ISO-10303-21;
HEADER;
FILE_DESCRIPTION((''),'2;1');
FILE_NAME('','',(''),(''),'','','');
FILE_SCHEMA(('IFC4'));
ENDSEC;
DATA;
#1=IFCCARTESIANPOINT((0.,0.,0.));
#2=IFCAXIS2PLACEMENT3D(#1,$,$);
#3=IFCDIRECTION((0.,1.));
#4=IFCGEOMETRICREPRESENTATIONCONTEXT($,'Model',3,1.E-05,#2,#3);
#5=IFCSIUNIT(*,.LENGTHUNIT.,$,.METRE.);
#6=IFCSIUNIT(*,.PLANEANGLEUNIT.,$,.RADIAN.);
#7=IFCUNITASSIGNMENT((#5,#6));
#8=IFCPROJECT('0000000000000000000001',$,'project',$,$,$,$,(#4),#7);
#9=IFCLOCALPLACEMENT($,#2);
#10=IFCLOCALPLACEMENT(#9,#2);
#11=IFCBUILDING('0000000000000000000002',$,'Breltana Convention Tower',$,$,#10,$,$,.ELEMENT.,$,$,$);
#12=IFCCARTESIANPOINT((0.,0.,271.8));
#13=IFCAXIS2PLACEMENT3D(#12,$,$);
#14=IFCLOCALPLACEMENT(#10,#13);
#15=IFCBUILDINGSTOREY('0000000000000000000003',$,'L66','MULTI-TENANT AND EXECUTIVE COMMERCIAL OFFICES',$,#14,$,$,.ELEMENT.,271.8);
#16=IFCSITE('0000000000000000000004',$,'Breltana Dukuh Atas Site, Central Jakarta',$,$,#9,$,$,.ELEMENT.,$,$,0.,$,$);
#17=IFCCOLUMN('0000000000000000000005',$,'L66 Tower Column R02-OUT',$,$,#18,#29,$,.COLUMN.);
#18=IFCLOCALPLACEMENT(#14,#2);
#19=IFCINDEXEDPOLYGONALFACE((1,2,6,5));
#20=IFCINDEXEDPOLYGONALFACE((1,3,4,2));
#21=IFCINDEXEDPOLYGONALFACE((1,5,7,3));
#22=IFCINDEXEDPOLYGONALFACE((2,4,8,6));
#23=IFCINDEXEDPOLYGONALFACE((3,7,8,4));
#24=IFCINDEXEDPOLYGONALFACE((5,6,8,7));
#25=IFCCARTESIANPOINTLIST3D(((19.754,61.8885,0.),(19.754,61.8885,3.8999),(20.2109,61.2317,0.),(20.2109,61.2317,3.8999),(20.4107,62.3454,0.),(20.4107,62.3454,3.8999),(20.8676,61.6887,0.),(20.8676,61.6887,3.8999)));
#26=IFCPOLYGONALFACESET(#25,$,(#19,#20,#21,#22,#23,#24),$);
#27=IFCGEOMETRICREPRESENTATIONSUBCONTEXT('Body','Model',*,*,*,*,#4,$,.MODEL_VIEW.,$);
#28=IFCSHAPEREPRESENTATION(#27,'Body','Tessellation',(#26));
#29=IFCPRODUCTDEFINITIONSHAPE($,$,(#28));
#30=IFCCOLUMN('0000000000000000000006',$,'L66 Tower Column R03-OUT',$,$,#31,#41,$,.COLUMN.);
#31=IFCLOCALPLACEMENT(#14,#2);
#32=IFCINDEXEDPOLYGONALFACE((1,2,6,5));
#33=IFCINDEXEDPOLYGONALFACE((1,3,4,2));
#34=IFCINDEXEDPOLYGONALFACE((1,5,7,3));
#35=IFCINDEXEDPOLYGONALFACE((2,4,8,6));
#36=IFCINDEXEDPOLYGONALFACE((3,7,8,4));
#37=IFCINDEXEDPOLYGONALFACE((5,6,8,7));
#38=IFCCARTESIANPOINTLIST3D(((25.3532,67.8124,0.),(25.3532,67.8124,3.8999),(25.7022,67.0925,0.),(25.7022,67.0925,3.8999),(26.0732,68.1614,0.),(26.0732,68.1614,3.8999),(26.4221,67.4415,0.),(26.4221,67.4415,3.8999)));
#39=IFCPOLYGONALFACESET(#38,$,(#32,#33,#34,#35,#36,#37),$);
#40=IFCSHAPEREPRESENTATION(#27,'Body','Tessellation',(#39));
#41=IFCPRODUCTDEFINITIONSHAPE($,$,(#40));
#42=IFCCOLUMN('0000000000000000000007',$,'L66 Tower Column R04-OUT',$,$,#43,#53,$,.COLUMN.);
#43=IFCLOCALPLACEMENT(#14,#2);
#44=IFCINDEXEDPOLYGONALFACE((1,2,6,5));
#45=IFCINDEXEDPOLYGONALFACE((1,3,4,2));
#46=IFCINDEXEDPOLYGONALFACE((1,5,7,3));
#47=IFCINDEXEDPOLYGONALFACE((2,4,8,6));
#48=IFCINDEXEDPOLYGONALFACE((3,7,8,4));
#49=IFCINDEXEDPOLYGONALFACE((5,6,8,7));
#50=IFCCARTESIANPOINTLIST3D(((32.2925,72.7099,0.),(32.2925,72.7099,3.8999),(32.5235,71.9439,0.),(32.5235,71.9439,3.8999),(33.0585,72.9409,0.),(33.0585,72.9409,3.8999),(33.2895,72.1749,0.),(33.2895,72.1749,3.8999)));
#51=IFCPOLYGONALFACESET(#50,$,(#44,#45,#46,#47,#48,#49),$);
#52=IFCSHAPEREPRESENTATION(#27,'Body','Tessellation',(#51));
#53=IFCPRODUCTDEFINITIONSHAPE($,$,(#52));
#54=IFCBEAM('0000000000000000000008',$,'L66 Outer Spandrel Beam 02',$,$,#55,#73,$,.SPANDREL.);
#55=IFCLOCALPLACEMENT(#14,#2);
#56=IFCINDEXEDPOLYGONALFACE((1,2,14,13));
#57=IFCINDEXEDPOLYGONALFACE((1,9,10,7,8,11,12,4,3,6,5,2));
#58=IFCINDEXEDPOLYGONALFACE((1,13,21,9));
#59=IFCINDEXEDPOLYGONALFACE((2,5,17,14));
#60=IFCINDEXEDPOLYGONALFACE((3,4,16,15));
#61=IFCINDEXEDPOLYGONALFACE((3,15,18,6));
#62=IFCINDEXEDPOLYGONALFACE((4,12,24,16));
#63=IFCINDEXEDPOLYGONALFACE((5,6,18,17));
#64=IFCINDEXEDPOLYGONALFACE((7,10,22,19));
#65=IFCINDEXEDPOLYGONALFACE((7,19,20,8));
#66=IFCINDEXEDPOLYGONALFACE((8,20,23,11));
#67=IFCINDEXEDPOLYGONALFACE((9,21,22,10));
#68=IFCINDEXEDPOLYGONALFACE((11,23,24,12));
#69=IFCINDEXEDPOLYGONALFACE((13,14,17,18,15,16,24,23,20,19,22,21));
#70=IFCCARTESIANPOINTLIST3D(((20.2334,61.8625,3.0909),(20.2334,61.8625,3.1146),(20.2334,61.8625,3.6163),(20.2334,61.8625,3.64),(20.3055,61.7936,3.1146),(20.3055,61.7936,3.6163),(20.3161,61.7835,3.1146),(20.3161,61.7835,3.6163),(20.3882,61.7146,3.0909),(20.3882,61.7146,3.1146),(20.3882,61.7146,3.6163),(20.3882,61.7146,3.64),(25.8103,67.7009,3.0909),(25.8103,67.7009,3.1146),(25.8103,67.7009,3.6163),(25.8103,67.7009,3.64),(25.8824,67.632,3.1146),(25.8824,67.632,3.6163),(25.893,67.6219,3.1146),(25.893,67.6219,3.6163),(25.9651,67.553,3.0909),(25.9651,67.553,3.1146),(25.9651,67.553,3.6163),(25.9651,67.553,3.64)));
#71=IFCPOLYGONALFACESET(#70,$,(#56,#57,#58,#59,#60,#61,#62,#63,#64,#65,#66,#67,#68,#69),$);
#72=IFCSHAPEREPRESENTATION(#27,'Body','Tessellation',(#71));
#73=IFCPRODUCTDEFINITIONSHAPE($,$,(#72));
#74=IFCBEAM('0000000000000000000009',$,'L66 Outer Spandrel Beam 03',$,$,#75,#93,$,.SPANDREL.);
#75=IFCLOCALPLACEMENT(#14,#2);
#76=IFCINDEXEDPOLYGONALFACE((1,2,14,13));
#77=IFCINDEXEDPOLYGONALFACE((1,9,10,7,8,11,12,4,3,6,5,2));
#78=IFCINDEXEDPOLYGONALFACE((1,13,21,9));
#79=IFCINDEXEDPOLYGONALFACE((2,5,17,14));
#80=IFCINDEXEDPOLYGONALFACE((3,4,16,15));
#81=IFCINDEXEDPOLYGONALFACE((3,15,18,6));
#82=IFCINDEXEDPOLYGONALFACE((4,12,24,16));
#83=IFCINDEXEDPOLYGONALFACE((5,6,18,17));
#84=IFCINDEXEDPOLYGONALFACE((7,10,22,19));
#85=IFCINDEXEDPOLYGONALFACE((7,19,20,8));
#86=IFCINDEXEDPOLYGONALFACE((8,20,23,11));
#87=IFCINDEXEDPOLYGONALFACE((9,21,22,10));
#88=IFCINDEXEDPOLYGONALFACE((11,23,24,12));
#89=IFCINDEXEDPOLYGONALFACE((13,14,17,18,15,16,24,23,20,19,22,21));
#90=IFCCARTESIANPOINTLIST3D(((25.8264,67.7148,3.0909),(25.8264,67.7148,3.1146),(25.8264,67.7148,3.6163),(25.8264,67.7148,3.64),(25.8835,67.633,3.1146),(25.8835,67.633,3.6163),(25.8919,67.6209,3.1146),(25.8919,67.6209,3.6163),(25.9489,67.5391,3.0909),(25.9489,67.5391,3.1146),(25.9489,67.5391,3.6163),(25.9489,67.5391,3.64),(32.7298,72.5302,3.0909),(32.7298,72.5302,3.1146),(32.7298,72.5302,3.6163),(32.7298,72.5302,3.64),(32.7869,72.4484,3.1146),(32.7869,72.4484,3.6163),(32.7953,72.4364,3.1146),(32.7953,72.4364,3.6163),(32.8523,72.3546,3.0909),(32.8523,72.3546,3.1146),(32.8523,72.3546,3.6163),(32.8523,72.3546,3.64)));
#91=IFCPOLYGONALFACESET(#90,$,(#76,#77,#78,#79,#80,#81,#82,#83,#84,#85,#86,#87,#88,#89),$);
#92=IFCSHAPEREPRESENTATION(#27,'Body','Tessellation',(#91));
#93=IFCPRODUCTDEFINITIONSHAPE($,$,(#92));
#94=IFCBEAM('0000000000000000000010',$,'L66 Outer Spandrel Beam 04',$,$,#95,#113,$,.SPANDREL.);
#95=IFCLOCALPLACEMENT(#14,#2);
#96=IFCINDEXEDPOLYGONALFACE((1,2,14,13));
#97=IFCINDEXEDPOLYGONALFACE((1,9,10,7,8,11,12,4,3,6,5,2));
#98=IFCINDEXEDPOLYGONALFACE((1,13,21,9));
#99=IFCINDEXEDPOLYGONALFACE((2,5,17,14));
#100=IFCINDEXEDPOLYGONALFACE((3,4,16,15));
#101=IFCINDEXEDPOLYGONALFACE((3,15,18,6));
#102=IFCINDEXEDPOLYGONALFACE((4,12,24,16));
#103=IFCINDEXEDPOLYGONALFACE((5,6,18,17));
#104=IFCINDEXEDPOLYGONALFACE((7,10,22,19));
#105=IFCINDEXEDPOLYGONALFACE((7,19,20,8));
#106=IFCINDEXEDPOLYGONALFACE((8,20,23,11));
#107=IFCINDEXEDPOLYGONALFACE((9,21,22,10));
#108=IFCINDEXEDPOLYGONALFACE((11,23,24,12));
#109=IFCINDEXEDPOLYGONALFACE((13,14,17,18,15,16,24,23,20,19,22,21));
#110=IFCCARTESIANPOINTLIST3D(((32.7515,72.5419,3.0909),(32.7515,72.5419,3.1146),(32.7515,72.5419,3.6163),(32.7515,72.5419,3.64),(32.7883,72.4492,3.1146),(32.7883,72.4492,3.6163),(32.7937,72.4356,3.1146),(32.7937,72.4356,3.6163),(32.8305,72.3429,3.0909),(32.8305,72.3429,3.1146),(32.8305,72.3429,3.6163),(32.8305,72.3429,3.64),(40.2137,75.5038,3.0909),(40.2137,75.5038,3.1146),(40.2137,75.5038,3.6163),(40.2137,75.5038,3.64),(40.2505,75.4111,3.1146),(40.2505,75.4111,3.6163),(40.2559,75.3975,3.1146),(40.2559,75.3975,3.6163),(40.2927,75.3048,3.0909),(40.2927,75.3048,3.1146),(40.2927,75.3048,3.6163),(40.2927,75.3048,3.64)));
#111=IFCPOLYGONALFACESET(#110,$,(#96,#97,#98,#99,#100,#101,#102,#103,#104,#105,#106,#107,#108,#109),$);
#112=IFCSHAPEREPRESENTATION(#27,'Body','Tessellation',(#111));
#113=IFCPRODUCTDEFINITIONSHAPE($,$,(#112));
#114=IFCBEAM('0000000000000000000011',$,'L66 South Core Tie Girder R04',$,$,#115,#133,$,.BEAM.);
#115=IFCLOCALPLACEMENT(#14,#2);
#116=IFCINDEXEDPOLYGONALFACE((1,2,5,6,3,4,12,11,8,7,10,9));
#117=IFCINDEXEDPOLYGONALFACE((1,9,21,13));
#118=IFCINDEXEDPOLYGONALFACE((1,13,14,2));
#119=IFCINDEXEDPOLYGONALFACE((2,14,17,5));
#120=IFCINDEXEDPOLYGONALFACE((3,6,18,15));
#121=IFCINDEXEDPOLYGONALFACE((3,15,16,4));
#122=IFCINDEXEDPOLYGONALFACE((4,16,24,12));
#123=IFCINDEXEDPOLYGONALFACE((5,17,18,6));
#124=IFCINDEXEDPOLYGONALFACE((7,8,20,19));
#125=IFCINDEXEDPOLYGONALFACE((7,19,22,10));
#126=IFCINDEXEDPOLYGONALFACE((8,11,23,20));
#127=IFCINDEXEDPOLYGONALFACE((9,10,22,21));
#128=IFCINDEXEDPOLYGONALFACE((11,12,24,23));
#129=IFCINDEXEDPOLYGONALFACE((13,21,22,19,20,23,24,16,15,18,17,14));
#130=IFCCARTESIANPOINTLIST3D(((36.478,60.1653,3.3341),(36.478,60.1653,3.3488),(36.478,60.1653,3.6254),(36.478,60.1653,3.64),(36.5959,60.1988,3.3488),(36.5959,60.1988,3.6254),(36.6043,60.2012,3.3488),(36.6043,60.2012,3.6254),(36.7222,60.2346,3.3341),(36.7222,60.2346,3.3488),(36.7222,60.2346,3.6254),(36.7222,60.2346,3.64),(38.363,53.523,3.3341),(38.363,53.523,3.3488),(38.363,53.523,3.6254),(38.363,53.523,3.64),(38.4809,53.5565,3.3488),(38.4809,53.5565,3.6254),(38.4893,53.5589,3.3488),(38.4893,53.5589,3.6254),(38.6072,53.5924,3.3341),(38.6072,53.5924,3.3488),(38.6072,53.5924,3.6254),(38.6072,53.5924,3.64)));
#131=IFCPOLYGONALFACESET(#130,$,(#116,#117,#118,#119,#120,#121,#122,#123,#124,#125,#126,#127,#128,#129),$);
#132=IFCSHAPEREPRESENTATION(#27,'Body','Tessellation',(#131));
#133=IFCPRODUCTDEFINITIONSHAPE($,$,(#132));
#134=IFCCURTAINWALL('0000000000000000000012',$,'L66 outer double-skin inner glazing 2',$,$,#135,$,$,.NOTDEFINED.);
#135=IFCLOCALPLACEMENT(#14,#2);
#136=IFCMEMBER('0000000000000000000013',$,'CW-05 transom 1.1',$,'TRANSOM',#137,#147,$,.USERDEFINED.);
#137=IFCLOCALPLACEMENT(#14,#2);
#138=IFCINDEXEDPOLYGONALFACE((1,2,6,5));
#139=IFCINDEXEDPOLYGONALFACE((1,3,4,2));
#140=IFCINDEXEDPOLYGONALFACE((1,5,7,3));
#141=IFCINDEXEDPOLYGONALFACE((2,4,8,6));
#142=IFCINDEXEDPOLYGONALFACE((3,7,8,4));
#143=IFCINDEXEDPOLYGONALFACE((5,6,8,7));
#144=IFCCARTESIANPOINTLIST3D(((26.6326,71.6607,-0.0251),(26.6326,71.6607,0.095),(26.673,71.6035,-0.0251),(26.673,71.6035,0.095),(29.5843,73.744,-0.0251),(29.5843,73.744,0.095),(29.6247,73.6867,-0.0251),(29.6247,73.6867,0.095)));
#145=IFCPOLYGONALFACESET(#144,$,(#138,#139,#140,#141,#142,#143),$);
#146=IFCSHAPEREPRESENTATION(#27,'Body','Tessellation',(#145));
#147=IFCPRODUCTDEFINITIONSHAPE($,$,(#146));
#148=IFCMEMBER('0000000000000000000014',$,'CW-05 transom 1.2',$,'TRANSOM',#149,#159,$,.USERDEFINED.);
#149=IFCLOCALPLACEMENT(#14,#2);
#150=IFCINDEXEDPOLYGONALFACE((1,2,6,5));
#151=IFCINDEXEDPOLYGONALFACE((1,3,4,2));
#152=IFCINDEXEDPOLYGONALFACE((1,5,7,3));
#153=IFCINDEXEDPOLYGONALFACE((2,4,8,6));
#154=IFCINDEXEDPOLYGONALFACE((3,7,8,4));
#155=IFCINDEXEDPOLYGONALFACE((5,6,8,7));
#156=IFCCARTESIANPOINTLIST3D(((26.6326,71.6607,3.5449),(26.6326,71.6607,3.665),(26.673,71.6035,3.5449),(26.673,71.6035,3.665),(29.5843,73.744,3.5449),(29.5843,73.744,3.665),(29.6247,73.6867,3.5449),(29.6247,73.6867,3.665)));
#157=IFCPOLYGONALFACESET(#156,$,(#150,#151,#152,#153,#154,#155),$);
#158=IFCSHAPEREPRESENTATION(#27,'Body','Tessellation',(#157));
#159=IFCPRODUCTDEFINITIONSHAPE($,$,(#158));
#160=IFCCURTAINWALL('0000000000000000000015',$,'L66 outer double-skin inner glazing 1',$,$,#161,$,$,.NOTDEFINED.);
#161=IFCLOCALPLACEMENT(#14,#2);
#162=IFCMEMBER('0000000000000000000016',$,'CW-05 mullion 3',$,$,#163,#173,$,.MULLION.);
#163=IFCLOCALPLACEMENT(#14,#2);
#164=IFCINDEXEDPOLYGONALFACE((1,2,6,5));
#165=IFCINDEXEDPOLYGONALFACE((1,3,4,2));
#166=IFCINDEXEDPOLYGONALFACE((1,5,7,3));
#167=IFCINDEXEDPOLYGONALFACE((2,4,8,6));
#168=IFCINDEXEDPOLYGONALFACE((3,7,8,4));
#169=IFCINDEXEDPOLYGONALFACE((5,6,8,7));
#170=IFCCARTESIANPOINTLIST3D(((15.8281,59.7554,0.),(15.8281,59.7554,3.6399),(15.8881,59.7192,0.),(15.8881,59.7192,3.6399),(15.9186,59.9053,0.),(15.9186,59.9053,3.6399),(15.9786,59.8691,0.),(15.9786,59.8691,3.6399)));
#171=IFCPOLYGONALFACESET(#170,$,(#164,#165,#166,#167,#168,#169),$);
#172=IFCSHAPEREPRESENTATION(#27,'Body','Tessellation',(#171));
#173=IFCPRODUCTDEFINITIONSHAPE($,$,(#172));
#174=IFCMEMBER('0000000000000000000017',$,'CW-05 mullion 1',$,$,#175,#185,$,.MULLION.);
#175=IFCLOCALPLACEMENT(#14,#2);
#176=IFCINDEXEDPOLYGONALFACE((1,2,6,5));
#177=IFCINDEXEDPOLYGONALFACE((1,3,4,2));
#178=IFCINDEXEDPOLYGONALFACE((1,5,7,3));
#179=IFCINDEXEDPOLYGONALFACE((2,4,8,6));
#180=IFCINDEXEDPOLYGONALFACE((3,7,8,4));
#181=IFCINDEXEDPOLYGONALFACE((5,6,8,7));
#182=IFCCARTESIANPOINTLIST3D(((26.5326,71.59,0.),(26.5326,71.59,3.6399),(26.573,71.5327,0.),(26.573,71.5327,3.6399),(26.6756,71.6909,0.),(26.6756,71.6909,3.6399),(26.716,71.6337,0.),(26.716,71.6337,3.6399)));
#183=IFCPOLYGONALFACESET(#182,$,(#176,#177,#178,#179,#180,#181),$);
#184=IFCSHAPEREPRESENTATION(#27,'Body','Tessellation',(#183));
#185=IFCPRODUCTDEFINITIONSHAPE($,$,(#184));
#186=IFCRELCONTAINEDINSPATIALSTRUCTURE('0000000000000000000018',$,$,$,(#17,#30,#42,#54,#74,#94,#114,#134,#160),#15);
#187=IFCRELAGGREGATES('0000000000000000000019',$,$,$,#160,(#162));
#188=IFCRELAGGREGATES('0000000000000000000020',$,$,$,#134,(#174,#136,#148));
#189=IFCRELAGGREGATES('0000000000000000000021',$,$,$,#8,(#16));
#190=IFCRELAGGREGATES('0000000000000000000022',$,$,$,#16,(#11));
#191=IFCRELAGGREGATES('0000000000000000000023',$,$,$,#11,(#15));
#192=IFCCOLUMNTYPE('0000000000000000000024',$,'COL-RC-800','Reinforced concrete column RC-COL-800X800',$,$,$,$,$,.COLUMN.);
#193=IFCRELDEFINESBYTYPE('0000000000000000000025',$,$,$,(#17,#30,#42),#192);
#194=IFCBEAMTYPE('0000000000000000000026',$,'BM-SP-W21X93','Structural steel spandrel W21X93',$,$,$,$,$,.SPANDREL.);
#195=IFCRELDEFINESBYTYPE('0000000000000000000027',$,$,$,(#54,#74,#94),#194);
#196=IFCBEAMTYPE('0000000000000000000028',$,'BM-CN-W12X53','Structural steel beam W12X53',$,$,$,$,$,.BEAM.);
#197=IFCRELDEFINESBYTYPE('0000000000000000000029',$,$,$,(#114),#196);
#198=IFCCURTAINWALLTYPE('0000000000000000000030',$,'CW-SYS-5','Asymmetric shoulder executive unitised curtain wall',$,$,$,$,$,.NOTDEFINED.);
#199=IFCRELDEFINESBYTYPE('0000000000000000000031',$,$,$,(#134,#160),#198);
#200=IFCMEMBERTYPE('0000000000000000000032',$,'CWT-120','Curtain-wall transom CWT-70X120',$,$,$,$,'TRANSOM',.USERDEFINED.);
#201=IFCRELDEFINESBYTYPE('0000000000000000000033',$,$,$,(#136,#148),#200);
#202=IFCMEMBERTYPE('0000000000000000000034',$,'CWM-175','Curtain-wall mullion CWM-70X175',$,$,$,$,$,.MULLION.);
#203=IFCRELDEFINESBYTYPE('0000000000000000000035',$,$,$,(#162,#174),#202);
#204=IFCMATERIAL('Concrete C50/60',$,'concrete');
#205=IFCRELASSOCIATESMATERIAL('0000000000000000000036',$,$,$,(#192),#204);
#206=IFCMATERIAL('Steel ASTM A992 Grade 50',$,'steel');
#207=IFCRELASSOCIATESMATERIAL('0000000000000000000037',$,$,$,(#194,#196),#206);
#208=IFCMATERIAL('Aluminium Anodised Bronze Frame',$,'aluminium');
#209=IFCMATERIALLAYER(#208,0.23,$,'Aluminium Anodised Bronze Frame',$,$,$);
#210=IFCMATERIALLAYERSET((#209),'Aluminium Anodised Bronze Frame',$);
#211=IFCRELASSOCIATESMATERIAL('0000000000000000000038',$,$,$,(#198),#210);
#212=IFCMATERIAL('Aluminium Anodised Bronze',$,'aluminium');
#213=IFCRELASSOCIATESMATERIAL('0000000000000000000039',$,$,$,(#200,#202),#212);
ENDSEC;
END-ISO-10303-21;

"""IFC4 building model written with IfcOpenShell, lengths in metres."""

from ifc_helpers import new_model, si_unit, direction, frame, origin, origin_2d, place, context, subcontext, project, spatial, rectangle, i_section, extrude, source, transform, mapped, material, layer, layer_set, material_profile, profile_set, type_object, element, aggregate, save


model = new_model("IFC4")

# Units and contexts
model_context = context("Model", 3, precision=1e-05, world=origin(), true_north=direction((0.0, 1.0)))
body_context = subcontext(model_context, "Body", "Model", "MODEL_VIEW")
ifc_project = project(units=[si_unit("LENGTHUNIT", "METRE"), si_unit("PLANEANGLEUNIT", "RADIAN")], contexts=[model_context])

# Site, building, storey
site_placement = place(None, origin())
site = spatial("IfcSite", under=ifc_project, at=site_placement, Name="Breltana Dukuh Atas Site, Central Jakarta", CompositionType="ELEMENT", RefElevation=0.0)
building_placement = place(site_placement, origin())
building = spatial("IfcBuilding", under=site, at=building_placement, Name="Breltana Convention Tower", CompositionType="ELEMENT")
storey_placement = place(building_placement, frame((0.0, 0.0, 271.8)))
storey = spatial("IfcBuildingStorey", under=building, at=storey_placement, Name="L66", Description="MULTI-TENANT AND EXECUTIVE COMMERCIAL OFFICES", CompositionType="ELEMENT", Elevation=271.8)

# Columns
ifc_material_1 = material(Name="Concrete C50/60", Category="concrete")
ifc_material_profile_1 = material_profile(ifc_material_1, rectangle(XDim=0.8, YDim=0.8, at=origin_2d()), Name="RC-COL-800X800")
ifc_profile_set_1 = profile_set([ifc_material_profile_1], Name="Concrete C50/60")
column_type = type_object("IfcColumnType", Name="COL-RC-800", Description="Reinforced concrete column RC-COL-800X800", PredefinedType="COLUMN", material=ifc_profile_set_1)
shared_shape_1 = source(origin(), body_context, "Body", "SweptSolid", [
    extrude(rectangle(XDim=0.8, YDim=0.8, at=origin_2d()), origin(), (0.0, 0.0, 1.0), 3.8999),
])
for number, where, z_axis, x_axis, name in (
    (1, (20.3108, 61.7886, 0.0), (0.0, 0.0, 1.0), (-0.571143, 0.82085, 0.0), "L66 Tower Column R02-OUT"),
    (2, (25.8877, 67.627, 0.0), (0.0, 0.0, 1.0), (-0.436174, 0.899863, 0.0), "L66 Tower Column R03-OUT"),
    (3, (32.791, 72.4424, 0.0), (0.0, 0.0, 1.0), (-0.288698, 0.95742, 0.0), "L66 Tower Column R04-OUT"),
):
    element("IfcColumn", number, at=place(storey_placement, frame(where, z_axis=z_axis, x_axis=x_axis)), inside=storey, type_object=column_type, Name=name, PredefinedType="COLUMN", context=body_context, shape_type="MappedRepresentation", body=[
        mapped(shared_shape_1, transform((0.0, 0.0, 0.0), scale=1.0)),
    ])

# Beams
ifc_material_2 = material(Name="Steel ASTM A992 Grade 50", Category="steel")
ifc_material_profile_2 = material_profile(ifc_material_2, i_section(OverallWidth=0.2141, OverallDepth=0.5491, WebThickness=0.0146, FlangeThickness=0.0237, at=origin_2d()), Name="W21X93")
ifc_profile_set_2 = profile_set([ifc_material_profile_2], Name="Steel ASTM A992 Grade 50")
beam_type_1 = type_object("IfcBeamType", Name="BM-SP-W21X93", Description="Structural steel spandrel W21X93", PredefinedType="SPANDREL", material=ifc_profile_set_2)
shared_shape_2 = source(origin(), body_context, "Body", "SweptSolid", [
    extrude(i_section(OverallWidth=0.2141, OverallDepth=0.5491, WebThickness=0.0146, FlangeThickness=0.0237, at=origin_2d()), origin(), (0.0, 0.0, 1.0), 8.074),
])
beam_1_placement = place(storey_placement, frame((20.3108, 61.7886, 3.3655), z_axis=(0.690729, 0.723114, 0.0), x_axis=(-0.723114, 0.690729, 0.0)))
element("IfcBeam", 4, at=beam_1_placement, inside=storey, type_object=beam_type_1, Name="L66 Outer Spandrel Beam 02", PredefinedType="SPANDREL", context=body_context, shape_type="MappedRepresentation", body=[
    mapped(shared_shape_2, transform((0.0, 0.0, 0.0), scale=1.0)),
])
shared_shape_3 = source(origin(), body_context, "Body", "SweptSolid", [
    extrude(i_section(OverallWidth=0.2141, OverallDepth=0.5491, WebThickness=0.0146, FlangeThickness=0.0237, at=origin_2d()), origin(), (0.0, 0.0, 1.0), 8.417),
])
beam_2_placement = place(storey_placement, frame((25.8877, 67.627, 3.3655), z_axis=(0.820174, 0.572114, 0.0), x_axis=(-0.572114, 0.820174, 0.0)))
element("IfcBeam", 5, at=beam_2_placement, inside=storey, type_object=beam_type_1, Name="L66 Outer Spandrel Beam 03", PredefinedType="SPANDREL", context=body_context, shape_type="MappedRepresentation", body=[
    mapped(shared_shape_3, transform((0.0, 0.0, 0.0), scale=1.0)),
])
shared_shape_4 = source(origin(), body_context, "Body", "SweptSolid", [
    extrude(i_section(OverallWidth=0.2141, OverallDepth=0.5491, WebThickness=0.0146, FlangeThickness=0.0237, at=origin_2d()), origin(), (0.0, 0.0, 1.0), 8.0286),
])
beam_3_placement = place(storey_placement, frame((32.791, 72.4424, 3.3655), z_axis=(0.929459, 0.368925, 0.0), x_axis=(-0.368925, 0.929459, 0.0)))
element("IfcBeam", 6, at=beam_3_placement, inside=storey, type_object=beam_type_1, Name="L66 Outer Spandrel Beam 04", PredefinedType="SPANDREL", context=body_context, shape_type="MappedRepresentation", body=[
    mapped(shared_shape_4, transform((0.0, 0.0, 0.0), scale=1.0)),
])
ifc_material_profile_3 = material_profile(ifc_material_2, i_section(OverallWidth=0.2539, OverallDepth=0.3059, WebThickness=0.0088, FlangeThickness=0.0146, at=origin_2d()), Name="W12X53")
ifc_profile_set_3 = profile_set([ifc_material_profile_3], Name="Steel ASTM A992 Grade 50")
beam_type_2 = type_object("IfcBeamType", Name="BM-CN-W12X53", Description="Structural steel beam W12X53", PredefinedType="BEAM", material=ifc_profile_set_3)
shared_shape_5 = source(origin(), body_context, "Body", "SweptSolid", [
    extrude(i_section(OverallWidth=0.2539, OverallDepth=0.3059, WebThickness=0.0088, FlangeThickness=0.0146, at=origin_2d()), origin(), (0.0, 0.0, 1.0), 6.9045),
])
beam_4_placement = place(storey_placement, frame((36.6001, 60.2, 3.4871), z_axis=(0.273007, -0.962012, 0.0), x_axis=(0.962012, 0.273007, 0.0)))
element("IfcBeam", 7, at=beam_4_placement, inside=storey, type_object=beam_type_2, Name="L66 South Core Tie Girder R04", PredefinedType="BEAM", context=body_context, shape_type="MappedRepresentation", body=[
    mapped(shared_shape_5, transform((0.0, 0.0, 0.0), scale=1.0)),
])

# Curtain wall, members
ifc_material_3 = material(Name="Aluminium Anodised Bronze Frame", Category="aluminium")
ifc_layer_1 = layer(ifc_material_3, 0.23, Name="Aluminium Anodised Bronze Frame")
ifc_layer_set_1 = layer_set([ifc_layer_1], Name="Aluminium Anodised Bronze Frame")
curtain_wall_type = type_object("IfcCurtainWallType", Name="CW-SYS-5", Description="Asymmetric shoulder executive unitised curtain wall", PredefinedType="NOTDEFINED", material=ifc_layer_set_1)
curtain_wall_1_placement = place(storey_placement, origin())
curtain_wall_1 = element("IfcCurtainWall", 8, at=curtain_wall_1_placement, inside=storey, type_object=curtain_wall_type, Name="L66 outer double-skin inner glazing 2", PredefinedType="NOTDEFINED")
ifc_material_4 = material(Name="Aluminium Anodised Bronze", Category="aluminium")
ifc_material_profile_4 = material_profile(ifc_material_4, rectangle(XDim=0.0701, YDim=0.1201, at=origin_2d()), Name="CWT-70X120")
ifc_profile_set_4 = profile_set([ifc_material_profile_4], Name="Aluminium Anodised Bronze")
member_type_1 = type_object("IfcMemberType", Name="CWT-120", Description="Curtain-wall transom CWT-70X120", ElementType="TRANSOM", PredefinedType="USERDEFINED", material=ifc_profile_set_4)
shared_shape_6 = source(origin(), body_context, "Body", "SweptSolid", [
    extrude(rectangle(XDim=0.0701, YDim=0.1201, at=origin_2d()), origin(), (0.0, 0.0, 1.0), 3.6128),
])
member_1_placement = place(storey_placement, frame((26.6528, 71.6321, 0.0349), z_axis=(0.817003, 0.576633, 0.0), x_axis=(-0.576633, 0.817003, 0.0)))
member_1 = element("IfcMember", 9, at=member_1_placement, type_object=member_type_1, Name="CW-05 transom 1.1", ObjectType="TRANSOM", PredefinedType="USERDEFINED", context=body_context, shape_type="MappedRepresentation", body=[
    mapped(shared_shape_6, transform((0.0, 0.0, 0.0), scale=1.0)),
])
member_2_placement = place(storey_placement, frame((26.6528, 71.6321, 3.605), z_axis=(0.817003, 0.576633, 0.0), x_axis=(-0.576633, 0.817003, 0.0)))
member_2 = element("IfcMember", 10, at=member_2_placement, type_object=member_type_1, Name="CW-05 transom 1.2", ObjectType="TRANSOM", PredefinedType="USERDEFINED", context=body_context, shape_type="MappedRepresentation", body=[
    mapped(shared_shape_6, transform((0.0, 0.0, 0.0), scale=1.0)),
])

# Curtain wall, member
curtain_wall_2_placement = place(storey_placement, origin())
curtain_wall_2 = element("IfcCurtainWall", 11, at=curtain_wall_2_placement, inside=storey, type_object=curtain_wall_type, Name="L66 outer double-skin inner glazing 1", PredefinedType="NOTDEFINED")
ifc_material_profile_5 = material_profile(ifc_material_4, rectangle(XDim=0.0701, YDim=0.175, at=origin_2d()), Name="CWM-70X175")
ifc_profile_set_5 = profile_set([ifc_material_profile_5], Name="Aluminium Anodised Bronze")
member_type_2 = type_object("IfcMemberType", Name="CWM-175", Description="Curtain-wall mullion CWM-70X175", PredefinedType="MULLION", material=ifc_profile_set_5)
shared_shape_7 = source(origin(), body_context, "Body", "SweptSolid", [
    extrude(rectangle(XDim=0.0701, YDim=0.175, at=origin_2d()), origin(), (0.0, 0.0, 1.0), 3.6399),
])
member_3_placement = place(storey_placement, frame((15.9033, 59.8123, 0.0), z_axis=(0.0, 0.0, 1.0), x_axis=(-0.856067, 0.516865, 0.0)))
member_3 = element("IfcMember", 12, at=member_3_placement, type_object=member_type_2, Name="CW-05 mullion 3", PredefinedType="MULLION", context=body_context, shape_type="MappedRepresentation", body=[
    mapped(shared_shape_7, transform((0.0, 0.0, 0.0), scale=1.0)),
])
aggregate(curtain_wall_2, [member_3])

# Member
member_4_placement = place(storey_placement, frame((26.6243, 71.6118, 0.0), z_axis=(0.0, 0.0, 1.0), x_axis=(-0.576624, 0.81701, 0.0)))
member_4 = element("IfcMember", 13, at=member_4_placement, type_object=member_type_2, Name="CW-05 mullion 1", PredefinedType="MULLION", context=body_context, shape_type="MappedRepresentation", body=[
    mapped(shared_shape_7, transform((0.0, 0.0, 0.0), scale=1.0)),
])

aggregate(curtain_wall_1, [member_4, member_1, member_2])

save(model, "model.ifc")
